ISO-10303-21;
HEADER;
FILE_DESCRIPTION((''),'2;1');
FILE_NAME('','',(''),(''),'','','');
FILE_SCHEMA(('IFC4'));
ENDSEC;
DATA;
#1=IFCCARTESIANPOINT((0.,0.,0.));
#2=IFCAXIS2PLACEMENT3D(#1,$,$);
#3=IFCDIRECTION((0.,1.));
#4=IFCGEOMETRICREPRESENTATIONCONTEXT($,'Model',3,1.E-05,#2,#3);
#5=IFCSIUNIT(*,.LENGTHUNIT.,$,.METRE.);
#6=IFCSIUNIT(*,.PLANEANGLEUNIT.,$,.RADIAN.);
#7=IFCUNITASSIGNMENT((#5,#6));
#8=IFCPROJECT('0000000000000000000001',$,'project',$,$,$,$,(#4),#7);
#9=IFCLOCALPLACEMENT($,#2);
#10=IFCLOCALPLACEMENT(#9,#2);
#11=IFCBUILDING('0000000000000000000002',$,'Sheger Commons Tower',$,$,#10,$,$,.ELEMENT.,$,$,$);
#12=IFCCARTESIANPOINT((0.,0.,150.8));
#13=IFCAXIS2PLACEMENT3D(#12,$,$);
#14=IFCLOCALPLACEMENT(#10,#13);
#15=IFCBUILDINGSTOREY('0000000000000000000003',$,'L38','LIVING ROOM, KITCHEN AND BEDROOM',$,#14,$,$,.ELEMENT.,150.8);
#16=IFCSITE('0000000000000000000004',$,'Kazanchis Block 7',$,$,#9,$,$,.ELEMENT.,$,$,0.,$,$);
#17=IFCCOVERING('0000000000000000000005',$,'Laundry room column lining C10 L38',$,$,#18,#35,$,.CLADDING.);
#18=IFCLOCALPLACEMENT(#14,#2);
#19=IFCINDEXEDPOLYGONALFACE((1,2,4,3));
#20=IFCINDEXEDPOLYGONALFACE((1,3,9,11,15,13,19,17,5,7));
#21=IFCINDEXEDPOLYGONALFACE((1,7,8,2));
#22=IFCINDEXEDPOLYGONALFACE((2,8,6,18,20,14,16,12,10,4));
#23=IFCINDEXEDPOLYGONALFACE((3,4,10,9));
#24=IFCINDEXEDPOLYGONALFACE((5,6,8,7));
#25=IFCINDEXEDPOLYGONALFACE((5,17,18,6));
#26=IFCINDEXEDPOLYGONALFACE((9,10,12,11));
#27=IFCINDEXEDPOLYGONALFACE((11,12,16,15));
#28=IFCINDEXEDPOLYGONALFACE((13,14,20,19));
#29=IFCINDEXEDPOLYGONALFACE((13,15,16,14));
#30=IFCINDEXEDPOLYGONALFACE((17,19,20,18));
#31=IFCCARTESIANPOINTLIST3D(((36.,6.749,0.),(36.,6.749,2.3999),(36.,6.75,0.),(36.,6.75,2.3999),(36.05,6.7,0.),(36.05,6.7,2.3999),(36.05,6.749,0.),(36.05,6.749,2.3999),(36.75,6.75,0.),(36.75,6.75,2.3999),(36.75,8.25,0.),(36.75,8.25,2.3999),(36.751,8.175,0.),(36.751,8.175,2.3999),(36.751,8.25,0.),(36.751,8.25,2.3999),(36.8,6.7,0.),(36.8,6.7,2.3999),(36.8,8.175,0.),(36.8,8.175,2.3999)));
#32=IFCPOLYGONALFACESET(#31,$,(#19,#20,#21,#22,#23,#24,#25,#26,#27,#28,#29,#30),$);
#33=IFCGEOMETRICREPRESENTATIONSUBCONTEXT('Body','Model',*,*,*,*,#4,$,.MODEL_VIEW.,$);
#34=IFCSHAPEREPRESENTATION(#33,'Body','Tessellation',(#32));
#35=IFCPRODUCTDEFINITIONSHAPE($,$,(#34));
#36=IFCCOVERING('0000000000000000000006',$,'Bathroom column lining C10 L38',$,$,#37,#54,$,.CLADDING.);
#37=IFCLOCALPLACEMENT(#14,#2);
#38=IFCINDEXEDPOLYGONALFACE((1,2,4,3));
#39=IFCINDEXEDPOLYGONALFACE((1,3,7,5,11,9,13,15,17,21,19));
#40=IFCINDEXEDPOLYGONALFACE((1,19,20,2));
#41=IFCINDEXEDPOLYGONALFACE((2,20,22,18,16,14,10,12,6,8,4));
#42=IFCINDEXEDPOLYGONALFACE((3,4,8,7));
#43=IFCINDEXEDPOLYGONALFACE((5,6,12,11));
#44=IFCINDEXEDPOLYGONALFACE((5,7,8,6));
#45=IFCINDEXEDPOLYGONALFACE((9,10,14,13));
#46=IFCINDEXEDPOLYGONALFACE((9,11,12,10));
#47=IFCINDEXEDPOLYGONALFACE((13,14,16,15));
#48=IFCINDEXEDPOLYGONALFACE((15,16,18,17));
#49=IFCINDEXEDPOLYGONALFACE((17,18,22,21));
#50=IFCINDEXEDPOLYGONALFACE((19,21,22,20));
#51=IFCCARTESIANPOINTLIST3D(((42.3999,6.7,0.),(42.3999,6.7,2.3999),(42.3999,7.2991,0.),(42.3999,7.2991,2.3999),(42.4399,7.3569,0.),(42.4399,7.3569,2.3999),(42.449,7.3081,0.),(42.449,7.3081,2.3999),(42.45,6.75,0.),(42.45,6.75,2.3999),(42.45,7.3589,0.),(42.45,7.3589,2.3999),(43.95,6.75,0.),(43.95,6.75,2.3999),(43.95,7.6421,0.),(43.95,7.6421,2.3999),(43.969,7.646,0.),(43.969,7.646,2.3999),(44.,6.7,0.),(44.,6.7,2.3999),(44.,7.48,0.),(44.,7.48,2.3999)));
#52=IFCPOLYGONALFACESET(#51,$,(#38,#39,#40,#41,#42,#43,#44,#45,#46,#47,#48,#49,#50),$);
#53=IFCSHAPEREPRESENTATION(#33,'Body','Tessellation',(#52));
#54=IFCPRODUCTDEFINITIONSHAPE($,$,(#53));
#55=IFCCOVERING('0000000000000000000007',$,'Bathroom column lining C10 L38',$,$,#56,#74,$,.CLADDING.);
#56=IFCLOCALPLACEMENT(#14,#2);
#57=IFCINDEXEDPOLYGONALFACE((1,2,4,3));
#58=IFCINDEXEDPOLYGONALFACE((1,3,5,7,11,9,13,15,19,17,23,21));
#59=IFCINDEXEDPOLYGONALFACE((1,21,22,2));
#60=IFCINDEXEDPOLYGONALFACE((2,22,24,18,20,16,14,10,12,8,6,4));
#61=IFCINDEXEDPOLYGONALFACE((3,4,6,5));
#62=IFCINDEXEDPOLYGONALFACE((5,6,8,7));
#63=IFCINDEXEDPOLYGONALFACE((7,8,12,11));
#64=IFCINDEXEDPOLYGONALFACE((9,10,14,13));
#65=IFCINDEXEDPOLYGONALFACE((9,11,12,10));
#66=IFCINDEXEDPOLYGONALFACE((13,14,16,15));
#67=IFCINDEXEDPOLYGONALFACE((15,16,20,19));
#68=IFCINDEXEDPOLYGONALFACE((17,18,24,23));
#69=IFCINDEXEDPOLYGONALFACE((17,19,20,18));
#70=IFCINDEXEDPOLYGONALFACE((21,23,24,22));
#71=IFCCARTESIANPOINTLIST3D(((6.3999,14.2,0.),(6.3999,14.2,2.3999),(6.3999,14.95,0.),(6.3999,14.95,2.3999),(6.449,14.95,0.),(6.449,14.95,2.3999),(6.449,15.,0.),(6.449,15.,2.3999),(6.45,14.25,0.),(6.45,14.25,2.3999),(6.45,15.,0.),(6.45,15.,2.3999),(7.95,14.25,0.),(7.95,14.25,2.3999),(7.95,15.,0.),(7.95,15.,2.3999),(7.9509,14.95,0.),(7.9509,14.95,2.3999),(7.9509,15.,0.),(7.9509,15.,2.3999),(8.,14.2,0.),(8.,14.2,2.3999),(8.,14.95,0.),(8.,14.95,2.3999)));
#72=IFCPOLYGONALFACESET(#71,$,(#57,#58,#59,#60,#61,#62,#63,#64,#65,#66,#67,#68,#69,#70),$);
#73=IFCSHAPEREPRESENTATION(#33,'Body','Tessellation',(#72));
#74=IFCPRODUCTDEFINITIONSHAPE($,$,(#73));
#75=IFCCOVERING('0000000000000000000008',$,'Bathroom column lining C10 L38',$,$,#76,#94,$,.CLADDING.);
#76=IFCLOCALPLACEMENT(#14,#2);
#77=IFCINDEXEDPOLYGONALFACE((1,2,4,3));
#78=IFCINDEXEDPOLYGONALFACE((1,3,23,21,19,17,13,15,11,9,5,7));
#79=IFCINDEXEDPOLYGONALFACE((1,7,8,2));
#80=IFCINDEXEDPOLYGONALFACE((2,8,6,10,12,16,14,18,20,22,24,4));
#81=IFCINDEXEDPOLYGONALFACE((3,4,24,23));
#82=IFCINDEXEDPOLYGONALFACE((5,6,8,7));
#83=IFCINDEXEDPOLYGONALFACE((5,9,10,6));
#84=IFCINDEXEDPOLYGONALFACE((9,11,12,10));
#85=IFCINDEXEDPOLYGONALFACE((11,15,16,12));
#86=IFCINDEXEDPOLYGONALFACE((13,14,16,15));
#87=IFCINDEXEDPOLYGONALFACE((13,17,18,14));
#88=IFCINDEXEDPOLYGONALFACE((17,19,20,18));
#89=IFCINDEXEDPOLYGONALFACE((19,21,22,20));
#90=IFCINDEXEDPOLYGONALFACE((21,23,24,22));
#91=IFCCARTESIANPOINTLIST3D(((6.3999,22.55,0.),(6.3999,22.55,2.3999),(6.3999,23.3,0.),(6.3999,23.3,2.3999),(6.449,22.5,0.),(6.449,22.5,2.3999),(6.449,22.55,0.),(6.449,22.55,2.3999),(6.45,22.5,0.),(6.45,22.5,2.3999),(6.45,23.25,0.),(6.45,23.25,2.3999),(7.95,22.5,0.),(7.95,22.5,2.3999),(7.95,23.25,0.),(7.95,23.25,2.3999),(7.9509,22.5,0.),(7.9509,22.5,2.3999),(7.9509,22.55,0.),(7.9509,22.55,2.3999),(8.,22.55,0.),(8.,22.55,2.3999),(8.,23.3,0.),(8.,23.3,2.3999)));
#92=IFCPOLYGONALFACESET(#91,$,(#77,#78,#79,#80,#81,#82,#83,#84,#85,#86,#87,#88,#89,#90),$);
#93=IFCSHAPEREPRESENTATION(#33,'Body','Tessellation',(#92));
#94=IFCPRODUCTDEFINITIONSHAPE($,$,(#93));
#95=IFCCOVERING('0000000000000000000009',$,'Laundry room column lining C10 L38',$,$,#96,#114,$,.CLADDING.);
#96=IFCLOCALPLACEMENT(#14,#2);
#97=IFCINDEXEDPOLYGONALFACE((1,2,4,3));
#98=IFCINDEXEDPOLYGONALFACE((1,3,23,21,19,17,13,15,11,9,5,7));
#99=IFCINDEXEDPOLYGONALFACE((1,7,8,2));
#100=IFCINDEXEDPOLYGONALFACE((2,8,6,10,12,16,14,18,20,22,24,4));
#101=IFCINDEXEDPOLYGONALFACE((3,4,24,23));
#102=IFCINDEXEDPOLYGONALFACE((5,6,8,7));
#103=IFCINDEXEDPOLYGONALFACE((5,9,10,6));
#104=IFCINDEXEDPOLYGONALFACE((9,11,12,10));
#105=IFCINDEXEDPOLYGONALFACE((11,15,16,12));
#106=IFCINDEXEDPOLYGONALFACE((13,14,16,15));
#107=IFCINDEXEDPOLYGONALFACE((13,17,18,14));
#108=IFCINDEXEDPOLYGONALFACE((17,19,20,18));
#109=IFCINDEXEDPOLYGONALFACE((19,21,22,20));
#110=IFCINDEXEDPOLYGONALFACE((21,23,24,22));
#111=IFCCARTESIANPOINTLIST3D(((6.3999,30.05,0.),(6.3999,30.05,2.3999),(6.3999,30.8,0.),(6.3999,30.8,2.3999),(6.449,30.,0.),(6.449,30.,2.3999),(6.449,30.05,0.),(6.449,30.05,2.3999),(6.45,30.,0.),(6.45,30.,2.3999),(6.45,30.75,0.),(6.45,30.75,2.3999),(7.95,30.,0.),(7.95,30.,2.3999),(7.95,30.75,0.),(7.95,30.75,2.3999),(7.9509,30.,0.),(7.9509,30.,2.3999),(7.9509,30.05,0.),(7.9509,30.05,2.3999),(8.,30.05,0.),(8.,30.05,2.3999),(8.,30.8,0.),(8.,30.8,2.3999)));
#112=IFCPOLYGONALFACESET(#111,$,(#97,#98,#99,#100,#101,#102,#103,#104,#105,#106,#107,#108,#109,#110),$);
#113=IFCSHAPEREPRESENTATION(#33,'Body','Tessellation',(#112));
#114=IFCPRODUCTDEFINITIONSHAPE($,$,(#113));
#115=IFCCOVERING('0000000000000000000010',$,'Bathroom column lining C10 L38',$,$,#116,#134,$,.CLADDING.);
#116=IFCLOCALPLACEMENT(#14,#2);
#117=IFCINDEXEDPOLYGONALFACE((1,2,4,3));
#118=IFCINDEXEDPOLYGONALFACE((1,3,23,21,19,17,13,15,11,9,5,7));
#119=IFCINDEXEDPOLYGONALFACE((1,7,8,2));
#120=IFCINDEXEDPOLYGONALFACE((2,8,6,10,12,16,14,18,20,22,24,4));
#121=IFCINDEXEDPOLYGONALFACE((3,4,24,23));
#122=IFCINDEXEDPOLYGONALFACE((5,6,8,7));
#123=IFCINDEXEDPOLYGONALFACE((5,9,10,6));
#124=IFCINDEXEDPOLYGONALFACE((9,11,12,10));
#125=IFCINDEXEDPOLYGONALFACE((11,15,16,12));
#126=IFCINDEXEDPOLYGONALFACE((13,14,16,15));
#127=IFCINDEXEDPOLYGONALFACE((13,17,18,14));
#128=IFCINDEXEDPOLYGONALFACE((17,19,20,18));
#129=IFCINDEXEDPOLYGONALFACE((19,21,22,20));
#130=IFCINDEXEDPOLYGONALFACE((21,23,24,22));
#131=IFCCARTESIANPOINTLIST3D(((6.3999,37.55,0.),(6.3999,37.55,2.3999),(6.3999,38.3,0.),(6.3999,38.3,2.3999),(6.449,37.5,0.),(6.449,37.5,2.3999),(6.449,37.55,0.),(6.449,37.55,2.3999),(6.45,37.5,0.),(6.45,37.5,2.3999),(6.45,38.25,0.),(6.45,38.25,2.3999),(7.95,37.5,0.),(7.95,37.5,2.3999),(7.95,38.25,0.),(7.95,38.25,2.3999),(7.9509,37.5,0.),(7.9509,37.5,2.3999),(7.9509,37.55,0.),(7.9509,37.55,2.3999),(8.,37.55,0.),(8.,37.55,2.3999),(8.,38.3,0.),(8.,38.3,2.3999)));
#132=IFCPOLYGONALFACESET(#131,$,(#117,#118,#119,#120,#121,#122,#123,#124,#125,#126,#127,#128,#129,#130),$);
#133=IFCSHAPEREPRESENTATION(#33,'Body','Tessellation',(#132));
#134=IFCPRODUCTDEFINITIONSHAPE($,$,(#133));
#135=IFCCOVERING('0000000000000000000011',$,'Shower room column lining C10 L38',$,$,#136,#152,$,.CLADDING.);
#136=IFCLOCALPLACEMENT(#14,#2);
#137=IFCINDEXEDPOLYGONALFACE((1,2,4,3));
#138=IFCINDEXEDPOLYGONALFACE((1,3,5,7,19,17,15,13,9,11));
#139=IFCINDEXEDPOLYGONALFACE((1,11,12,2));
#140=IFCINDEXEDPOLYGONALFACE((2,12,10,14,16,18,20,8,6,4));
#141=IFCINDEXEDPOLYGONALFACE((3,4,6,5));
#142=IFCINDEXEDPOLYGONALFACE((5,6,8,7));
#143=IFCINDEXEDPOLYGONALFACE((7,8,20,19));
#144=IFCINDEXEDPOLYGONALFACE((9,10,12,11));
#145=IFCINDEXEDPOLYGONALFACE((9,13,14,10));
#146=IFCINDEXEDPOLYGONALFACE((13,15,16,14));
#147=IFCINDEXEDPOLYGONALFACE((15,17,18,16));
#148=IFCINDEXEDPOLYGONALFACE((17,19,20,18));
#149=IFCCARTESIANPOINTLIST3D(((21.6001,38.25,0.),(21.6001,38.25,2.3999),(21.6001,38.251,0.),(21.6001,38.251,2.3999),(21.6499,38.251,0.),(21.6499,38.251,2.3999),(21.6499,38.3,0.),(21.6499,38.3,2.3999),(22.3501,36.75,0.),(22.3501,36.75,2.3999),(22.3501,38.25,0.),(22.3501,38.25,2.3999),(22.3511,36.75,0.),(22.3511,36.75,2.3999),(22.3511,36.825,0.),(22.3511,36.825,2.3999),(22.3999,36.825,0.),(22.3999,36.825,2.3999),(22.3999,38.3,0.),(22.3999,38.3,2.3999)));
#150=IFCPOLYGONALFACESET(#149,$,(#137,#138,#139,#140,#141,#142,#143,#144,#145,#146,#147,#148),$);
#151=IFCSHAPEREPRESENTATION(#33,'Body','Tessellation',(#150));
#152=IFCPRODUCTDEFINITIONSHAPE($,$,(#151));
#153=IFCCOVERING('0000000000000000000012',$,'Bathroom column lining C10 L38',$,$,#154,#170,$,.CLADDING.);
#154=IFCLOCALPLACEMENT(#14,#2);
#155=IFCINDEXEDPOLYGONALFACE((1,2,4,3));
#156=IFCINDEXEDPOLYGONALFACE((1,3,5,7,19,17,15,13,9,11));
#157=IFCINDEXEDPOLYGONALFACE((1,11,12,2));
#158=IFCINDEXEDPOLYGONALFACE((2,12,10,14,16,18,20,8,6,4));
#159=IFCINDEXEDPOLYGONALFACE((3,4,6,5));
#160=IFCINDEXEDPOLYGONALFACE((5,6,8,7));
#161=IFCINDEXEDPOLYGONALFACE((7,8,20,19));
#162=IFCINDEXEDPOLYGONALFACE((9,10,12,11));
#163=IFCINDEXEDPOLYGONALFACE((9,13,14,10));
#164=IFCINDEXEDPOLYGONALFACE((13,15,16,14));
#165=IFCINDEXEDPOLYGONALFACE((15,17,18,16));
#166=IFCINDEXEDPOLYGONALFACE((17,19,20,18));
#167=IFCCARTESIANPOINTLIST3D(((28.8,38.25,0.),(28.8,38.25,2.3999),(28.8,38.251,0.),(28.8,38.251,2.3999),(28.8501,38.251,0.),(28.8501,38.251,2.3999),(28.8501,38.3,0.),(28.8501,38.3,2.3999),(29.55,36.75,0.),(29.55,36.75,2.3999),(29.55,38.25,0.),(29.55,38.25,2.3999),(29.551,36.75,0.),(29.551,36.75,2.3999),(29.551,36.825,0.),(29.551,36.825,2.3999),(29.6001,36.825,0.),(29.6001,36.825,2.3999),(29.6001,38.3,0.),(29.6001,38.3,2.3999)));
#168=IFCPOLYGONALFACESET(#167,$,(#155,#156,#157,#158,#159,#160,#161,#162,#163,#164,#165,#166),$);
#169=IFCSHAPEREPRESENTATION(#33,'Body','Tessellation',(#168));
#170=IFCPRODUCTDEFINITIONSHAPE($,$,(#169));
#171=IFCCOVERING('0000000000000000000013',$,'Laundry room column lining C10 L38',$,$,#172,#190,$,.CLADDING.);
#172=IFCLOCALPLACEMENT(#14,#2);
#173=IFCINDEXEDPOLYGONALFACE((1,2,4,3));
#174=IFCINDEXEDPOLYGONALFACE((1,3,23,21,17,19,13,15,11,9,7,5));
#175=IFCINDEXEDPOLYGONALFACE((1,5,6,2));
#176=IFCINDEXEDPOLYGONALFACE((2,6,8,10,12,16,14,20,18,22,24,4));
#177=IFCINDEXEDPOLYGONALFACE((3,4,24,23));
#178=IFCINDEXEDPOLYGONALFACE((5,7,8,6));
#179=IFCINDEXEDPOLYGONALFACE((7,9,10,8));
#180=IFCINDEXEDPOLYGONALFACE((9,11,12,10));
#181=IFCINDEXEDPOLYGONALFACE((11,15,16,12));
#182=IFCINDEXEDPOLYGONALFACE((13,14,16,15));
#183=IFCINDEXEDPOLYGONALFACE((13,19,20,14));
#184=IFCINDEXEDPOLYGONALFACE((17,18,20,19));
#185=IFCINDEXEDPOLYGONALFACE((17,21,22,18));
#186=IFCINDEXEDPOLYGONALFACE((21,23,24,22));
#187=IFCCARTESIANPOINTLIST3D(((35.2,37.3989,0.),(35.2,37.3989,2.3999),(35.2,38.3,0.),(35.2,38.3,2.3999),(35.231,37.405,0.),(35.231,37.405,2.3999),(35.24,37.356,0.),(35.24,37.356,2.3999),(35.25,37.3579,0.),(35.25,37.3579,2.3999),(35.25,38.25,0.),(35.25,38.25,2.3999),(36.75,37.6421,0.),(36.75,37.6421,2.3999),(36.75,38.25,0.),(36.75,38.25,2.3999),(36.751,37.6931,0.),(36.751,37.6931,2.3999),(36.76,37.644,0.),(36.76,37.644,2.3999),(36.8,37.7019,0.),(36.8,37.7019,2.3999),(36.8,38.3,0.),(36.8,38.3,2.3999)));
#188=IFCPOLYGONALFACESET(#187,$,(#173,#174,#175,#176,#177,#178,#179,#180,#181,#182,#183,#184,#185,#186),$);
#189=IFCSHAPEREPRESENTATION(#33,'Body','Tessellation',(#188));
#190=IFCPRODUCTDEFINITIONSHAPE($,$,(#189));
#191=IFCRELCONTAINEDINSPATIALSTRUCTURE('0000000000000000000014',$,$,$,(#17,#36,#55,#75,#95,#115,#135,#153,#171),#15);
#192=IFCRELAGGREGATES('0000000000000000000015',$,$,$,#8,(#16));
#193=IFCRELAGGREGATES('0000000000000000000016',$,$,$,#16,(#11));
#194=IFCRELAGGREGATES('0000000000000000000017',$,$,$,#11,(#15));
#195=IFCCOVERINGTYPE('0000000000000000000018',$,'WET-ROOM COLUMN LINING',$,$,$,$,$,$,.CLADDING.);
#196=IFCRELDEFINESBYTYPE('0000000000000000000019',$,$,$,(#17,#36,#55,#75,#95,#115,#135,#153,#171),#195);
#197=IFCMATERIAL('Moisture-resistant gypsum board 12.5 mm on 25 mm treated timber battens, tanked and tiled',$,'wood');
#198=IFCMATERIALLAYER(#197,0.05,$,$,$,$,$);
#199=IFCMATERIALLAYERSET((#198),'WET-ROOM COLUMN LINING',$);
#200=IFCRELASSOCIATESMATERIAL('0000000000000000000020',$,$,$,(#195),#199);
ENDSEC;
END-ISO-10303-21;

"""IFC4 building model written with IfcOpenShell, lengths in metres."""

from ifc_helpers import new_model, si_unit, direction, frame, origin, place, context, subcontext, project, spatial, polyline, outline, extrude, material, layer, layer_set, type_object, element, save


model = new_model("IFC4")

# Units and contexts
model_context = context("Model", 3, precision=1e-05, world=origin(), true_north=direction((0.0, 1.0)))
body_context = subcontext(model_context, "Body", "Model", "MODEL_VIEW")
ifc_project = project(units=[si_unit("LENGTHUNIT", "METRE"), si_unit("PLANEANGLEUNIT", "RADIAN")], contexts=[model_context])

# Site, building, storey
site_placement = place(None, origin())
site = spatial("IfcSite", under=ifc_project, at=site_placement, Name="Kazanchis Block 7", CompositionType="ELEMENT", RefElevation=0.0)
building_placement = place(site_placement, origin())
building = spatial("IfcBuilding", under=site, at=building_placement, Name="Sheger Commons Tower", CompositionType="ELEMENT")
storey_placement = place(building_placement, frame((0.0, 0.0, 150.8)))
storey = spatial("IfcBuildingStorey", under=building, at=storey_placement, Name="L38", Description="LIVING ROOM, KITCHEN AND BEDROOM", CompositionType="ELEMENT", Elevation=150.8)

# Coverings
ifc_material_1 = material(Name="Moisture-resistant gypsum board 12.5 mm on 25 mm treated timber battens, tanked and tiled", Category="wood")
ifc_layer_1 = layer(ifc_material_1, 0.05)
ifc_layer_set_1 = layer_set([ifc_layer_1], Name="WET-ROOM COLUMN LINING")
covering_type_1 = type_object("IfcCoveringType", Name="WET-ROOM COLUMN LINING", PredefinedType="CLADDING", material=ifc_layer_set_1)
covering_1_placement = place(storey_placement, origin())
element("IfcCovering", 1, at=covering_1_placement, inside=storey, type_object=covering_type_1, Name="Laundry room column lining C10 L38", PredefinedType="CLADDING", context=body_context, shape_type="SweptSolid", body=[
    extrude(outline(polyline([(36.05, 6.7), (36.05, 6.749), (36.0, 6.749), (36.0, 6.75), (36.75, 6.75), (36.75, 8.25), (36.751, 8.25), (36.751, 8.175), (36.8, 8.175), (36.8, 6.7), (36.05, 6.7)])), origin(), (0.0, 0.0, 1.0), 2.3999),
])
covering_2_placement = place(storey_placement, origin())
element("IfcCovering", 2, at=covering_2_placement, inside=storey, type_object=covering_type_1, Name="Bathroom column lining C10 L38", PredefinedType="CLADDING", context=body_context, shape_type="SweptSolid", body=[
    extrude(outline(polyline([(42.45, 7.3589), (42.45, 6.75), (43.95, 6.75), (43.95, 7.6421), (43.969, 7.646), (44.0, 7.48), (44.0, 6.7), (42.3999, 6.7), (42.3999, 7.2991), (42.449, 7.3081), (42.4399, 7.3569), (42.45, 7.3589)])), origin(), (0.0, 0.0, 1.0), 2.3999),
])
covering_3_placement = place(storey_placement, origin())
element("IfcCovering", 3, at=covering_3_placement, inside=storey, type_object=covering_type_1, Name="Bathroom column lining C10 L38", PredefinedType="CLADDING", context=body_context, shape_type="SweptSolid", body=[
    extrude(outline(polyline([(6.45, 15.0), (6.45, 14.25), (7.95, 14.25), (7.95, 15.0), (7.9509, 15.0), (7.9509, 14.95), (8.0, 14.95), (8.0, 14.2), (6.3999, 14.2), (6.3999, 14.95), (6.449, 14.95), (6.449, 15.0), (6.45, 15.0)])), origin(), (0.0, 0.0, 1.0), 2.3999),
])
covering_4_placement = place(storey_placement, origin())
element("IfcCovering", 4, at=covering_4_placement, inside=storey, type_object=covering_type_1, Name="Bathroom column lining C10 L38", PredefinedType="CLADDING", context=body_context, shape_type="SweptSolid", body=[
    extrude(outline(polyline([(8.0, 23.3), (8.0, 22.55), (7.9509, 22.55), (7.9509, 22.5), (7.95, 22.5), (7.95, 23.25), (6.45, 23.25), (6.45, 22.5), (6.449, 22.5), (6.449, 22.55), (6.3999, 22.55), (6.3999, 23.3), (8.0, 23.3)])), origin(), (0.0, 0.0, 1.0), 2.3999),
])
covering_5_placement = place(storey_placement, origin())
element("IfcCovering", 5, at=covering_5_placement, inside=storey, type_object=covering_type_1, Name="Laundry room column lining C10 L38", PredefinedType="CLADDING", context=body_context, shape_type="SweptSolid", body=[
    extrude(outline(polyline([(8.0, 30.8), (8.0, 30.05), (7.9509, 30.05), (7.9509, 30.0), (7.95, 30.0), (7.95, 30.75), (6.45, 30.75), (6.45, 30.0), (6.449, 30.0), (6.449, 30.05), (6.3999, 30.05), (6.3999, 30.8), (8.0, 30.8)])), origin(), (0.0, 0.0, 1.0), 2.3999),
])
covering_6_placement = place(storey_placement, origin())
element("IfcCovering", 6, at=covering_6_placement, inside=storey, type_object=covering_type_1, Name="Bathroom column lining C10 L38", PredefinedType="CLADDING", context=body_context, shape_type="SweptSolid", body=[
    extrude(outline(polyline([(8.0, 38.3), (8.0, 37.55), (7.9509, 37.55), (7.9509, 37.5), (7.95, 37.5), (7.95, 38.25), (6.45, 38.25), (6.45, 37.5), (6.449, 37.5), (6.449, 37.55), (6.3999, 37.55), (6.3999, 38.3), (8.0, 38.3)])), origin(), (0.0, 0.0, 1.0), 2.3999),
])
covering_7_placement = place(storey_placement, origin())
element("IfcCovering", 7, at=covering_7_placement, inside=storey, type_object=covering_type_1, Name="Shower room column lining C10 L38", PredefinedType="CLADDING", context=body_context, shape_type="SweptSolid", body=[
    extrude(outline(polyline([(22.3999, 36.825), (22.3511, 36.825), (22.3511, 36.75), (22.3501, 36.75), (22.3501, 38.25), (21.6001, 38.25), (21.6001, 38.251), (21.6499, 38.251), (21.6499, 38.3), (22.3999, 38.3), (22.3999, 36.825)])), origin(), (0.0, 0.0, 1.0), 2.3999),
])
covering_8_placement = place(storey_placement, origin())
element("IfcCovering", 8, at=covering_8_placement, inside=storey, type_object=covering_type_1, Name="Bathroom column lining C10 L38", PredefinedType="CLADDING", context=body_context, shape_type="SweptSolid", body=[
    extrude(outline(polyline([(29.6001, 36.825), (29.551, 36.825), (29.551, 36.75), (29.55, 36.75), (29.55, 38.25), (28.8, 38.25), (28.8, 38.251), (28.8501, 38.251), (28.8501, 38.3), (29.6001, 38.3), (29.6001, 36.825)])), origin(), (0.0, 0.0, 1.0), 2.3999),
])
covering_9_placement = place(storey_placement, origin())
element("IfcCovering", 9, at=covering_9_placement, inside=storey, type_object=covering_type_1, Name="Laundry room column lining C10 L38", PredefinedType="CLADDING", context=body_context, shape_type="SweptSolid", body=[
    extrude(outline(polyline([(36.8, 38.3), (36.8, 37.7019), (36.751, 37.6931), (36.76, 37.644), (36.75, 37.6421), (36.75, 38.25), (35.25, 38.25), (35.25, 37.3579), (35.24, 37.356), (35.231, 37.405), (35.2, 37.3989), (35.2, 38.3), (36.8, 38.3)])), origin(), (0.0, 0.0, 1.0), 2.3999),
])

save(model, "model.ifc")
